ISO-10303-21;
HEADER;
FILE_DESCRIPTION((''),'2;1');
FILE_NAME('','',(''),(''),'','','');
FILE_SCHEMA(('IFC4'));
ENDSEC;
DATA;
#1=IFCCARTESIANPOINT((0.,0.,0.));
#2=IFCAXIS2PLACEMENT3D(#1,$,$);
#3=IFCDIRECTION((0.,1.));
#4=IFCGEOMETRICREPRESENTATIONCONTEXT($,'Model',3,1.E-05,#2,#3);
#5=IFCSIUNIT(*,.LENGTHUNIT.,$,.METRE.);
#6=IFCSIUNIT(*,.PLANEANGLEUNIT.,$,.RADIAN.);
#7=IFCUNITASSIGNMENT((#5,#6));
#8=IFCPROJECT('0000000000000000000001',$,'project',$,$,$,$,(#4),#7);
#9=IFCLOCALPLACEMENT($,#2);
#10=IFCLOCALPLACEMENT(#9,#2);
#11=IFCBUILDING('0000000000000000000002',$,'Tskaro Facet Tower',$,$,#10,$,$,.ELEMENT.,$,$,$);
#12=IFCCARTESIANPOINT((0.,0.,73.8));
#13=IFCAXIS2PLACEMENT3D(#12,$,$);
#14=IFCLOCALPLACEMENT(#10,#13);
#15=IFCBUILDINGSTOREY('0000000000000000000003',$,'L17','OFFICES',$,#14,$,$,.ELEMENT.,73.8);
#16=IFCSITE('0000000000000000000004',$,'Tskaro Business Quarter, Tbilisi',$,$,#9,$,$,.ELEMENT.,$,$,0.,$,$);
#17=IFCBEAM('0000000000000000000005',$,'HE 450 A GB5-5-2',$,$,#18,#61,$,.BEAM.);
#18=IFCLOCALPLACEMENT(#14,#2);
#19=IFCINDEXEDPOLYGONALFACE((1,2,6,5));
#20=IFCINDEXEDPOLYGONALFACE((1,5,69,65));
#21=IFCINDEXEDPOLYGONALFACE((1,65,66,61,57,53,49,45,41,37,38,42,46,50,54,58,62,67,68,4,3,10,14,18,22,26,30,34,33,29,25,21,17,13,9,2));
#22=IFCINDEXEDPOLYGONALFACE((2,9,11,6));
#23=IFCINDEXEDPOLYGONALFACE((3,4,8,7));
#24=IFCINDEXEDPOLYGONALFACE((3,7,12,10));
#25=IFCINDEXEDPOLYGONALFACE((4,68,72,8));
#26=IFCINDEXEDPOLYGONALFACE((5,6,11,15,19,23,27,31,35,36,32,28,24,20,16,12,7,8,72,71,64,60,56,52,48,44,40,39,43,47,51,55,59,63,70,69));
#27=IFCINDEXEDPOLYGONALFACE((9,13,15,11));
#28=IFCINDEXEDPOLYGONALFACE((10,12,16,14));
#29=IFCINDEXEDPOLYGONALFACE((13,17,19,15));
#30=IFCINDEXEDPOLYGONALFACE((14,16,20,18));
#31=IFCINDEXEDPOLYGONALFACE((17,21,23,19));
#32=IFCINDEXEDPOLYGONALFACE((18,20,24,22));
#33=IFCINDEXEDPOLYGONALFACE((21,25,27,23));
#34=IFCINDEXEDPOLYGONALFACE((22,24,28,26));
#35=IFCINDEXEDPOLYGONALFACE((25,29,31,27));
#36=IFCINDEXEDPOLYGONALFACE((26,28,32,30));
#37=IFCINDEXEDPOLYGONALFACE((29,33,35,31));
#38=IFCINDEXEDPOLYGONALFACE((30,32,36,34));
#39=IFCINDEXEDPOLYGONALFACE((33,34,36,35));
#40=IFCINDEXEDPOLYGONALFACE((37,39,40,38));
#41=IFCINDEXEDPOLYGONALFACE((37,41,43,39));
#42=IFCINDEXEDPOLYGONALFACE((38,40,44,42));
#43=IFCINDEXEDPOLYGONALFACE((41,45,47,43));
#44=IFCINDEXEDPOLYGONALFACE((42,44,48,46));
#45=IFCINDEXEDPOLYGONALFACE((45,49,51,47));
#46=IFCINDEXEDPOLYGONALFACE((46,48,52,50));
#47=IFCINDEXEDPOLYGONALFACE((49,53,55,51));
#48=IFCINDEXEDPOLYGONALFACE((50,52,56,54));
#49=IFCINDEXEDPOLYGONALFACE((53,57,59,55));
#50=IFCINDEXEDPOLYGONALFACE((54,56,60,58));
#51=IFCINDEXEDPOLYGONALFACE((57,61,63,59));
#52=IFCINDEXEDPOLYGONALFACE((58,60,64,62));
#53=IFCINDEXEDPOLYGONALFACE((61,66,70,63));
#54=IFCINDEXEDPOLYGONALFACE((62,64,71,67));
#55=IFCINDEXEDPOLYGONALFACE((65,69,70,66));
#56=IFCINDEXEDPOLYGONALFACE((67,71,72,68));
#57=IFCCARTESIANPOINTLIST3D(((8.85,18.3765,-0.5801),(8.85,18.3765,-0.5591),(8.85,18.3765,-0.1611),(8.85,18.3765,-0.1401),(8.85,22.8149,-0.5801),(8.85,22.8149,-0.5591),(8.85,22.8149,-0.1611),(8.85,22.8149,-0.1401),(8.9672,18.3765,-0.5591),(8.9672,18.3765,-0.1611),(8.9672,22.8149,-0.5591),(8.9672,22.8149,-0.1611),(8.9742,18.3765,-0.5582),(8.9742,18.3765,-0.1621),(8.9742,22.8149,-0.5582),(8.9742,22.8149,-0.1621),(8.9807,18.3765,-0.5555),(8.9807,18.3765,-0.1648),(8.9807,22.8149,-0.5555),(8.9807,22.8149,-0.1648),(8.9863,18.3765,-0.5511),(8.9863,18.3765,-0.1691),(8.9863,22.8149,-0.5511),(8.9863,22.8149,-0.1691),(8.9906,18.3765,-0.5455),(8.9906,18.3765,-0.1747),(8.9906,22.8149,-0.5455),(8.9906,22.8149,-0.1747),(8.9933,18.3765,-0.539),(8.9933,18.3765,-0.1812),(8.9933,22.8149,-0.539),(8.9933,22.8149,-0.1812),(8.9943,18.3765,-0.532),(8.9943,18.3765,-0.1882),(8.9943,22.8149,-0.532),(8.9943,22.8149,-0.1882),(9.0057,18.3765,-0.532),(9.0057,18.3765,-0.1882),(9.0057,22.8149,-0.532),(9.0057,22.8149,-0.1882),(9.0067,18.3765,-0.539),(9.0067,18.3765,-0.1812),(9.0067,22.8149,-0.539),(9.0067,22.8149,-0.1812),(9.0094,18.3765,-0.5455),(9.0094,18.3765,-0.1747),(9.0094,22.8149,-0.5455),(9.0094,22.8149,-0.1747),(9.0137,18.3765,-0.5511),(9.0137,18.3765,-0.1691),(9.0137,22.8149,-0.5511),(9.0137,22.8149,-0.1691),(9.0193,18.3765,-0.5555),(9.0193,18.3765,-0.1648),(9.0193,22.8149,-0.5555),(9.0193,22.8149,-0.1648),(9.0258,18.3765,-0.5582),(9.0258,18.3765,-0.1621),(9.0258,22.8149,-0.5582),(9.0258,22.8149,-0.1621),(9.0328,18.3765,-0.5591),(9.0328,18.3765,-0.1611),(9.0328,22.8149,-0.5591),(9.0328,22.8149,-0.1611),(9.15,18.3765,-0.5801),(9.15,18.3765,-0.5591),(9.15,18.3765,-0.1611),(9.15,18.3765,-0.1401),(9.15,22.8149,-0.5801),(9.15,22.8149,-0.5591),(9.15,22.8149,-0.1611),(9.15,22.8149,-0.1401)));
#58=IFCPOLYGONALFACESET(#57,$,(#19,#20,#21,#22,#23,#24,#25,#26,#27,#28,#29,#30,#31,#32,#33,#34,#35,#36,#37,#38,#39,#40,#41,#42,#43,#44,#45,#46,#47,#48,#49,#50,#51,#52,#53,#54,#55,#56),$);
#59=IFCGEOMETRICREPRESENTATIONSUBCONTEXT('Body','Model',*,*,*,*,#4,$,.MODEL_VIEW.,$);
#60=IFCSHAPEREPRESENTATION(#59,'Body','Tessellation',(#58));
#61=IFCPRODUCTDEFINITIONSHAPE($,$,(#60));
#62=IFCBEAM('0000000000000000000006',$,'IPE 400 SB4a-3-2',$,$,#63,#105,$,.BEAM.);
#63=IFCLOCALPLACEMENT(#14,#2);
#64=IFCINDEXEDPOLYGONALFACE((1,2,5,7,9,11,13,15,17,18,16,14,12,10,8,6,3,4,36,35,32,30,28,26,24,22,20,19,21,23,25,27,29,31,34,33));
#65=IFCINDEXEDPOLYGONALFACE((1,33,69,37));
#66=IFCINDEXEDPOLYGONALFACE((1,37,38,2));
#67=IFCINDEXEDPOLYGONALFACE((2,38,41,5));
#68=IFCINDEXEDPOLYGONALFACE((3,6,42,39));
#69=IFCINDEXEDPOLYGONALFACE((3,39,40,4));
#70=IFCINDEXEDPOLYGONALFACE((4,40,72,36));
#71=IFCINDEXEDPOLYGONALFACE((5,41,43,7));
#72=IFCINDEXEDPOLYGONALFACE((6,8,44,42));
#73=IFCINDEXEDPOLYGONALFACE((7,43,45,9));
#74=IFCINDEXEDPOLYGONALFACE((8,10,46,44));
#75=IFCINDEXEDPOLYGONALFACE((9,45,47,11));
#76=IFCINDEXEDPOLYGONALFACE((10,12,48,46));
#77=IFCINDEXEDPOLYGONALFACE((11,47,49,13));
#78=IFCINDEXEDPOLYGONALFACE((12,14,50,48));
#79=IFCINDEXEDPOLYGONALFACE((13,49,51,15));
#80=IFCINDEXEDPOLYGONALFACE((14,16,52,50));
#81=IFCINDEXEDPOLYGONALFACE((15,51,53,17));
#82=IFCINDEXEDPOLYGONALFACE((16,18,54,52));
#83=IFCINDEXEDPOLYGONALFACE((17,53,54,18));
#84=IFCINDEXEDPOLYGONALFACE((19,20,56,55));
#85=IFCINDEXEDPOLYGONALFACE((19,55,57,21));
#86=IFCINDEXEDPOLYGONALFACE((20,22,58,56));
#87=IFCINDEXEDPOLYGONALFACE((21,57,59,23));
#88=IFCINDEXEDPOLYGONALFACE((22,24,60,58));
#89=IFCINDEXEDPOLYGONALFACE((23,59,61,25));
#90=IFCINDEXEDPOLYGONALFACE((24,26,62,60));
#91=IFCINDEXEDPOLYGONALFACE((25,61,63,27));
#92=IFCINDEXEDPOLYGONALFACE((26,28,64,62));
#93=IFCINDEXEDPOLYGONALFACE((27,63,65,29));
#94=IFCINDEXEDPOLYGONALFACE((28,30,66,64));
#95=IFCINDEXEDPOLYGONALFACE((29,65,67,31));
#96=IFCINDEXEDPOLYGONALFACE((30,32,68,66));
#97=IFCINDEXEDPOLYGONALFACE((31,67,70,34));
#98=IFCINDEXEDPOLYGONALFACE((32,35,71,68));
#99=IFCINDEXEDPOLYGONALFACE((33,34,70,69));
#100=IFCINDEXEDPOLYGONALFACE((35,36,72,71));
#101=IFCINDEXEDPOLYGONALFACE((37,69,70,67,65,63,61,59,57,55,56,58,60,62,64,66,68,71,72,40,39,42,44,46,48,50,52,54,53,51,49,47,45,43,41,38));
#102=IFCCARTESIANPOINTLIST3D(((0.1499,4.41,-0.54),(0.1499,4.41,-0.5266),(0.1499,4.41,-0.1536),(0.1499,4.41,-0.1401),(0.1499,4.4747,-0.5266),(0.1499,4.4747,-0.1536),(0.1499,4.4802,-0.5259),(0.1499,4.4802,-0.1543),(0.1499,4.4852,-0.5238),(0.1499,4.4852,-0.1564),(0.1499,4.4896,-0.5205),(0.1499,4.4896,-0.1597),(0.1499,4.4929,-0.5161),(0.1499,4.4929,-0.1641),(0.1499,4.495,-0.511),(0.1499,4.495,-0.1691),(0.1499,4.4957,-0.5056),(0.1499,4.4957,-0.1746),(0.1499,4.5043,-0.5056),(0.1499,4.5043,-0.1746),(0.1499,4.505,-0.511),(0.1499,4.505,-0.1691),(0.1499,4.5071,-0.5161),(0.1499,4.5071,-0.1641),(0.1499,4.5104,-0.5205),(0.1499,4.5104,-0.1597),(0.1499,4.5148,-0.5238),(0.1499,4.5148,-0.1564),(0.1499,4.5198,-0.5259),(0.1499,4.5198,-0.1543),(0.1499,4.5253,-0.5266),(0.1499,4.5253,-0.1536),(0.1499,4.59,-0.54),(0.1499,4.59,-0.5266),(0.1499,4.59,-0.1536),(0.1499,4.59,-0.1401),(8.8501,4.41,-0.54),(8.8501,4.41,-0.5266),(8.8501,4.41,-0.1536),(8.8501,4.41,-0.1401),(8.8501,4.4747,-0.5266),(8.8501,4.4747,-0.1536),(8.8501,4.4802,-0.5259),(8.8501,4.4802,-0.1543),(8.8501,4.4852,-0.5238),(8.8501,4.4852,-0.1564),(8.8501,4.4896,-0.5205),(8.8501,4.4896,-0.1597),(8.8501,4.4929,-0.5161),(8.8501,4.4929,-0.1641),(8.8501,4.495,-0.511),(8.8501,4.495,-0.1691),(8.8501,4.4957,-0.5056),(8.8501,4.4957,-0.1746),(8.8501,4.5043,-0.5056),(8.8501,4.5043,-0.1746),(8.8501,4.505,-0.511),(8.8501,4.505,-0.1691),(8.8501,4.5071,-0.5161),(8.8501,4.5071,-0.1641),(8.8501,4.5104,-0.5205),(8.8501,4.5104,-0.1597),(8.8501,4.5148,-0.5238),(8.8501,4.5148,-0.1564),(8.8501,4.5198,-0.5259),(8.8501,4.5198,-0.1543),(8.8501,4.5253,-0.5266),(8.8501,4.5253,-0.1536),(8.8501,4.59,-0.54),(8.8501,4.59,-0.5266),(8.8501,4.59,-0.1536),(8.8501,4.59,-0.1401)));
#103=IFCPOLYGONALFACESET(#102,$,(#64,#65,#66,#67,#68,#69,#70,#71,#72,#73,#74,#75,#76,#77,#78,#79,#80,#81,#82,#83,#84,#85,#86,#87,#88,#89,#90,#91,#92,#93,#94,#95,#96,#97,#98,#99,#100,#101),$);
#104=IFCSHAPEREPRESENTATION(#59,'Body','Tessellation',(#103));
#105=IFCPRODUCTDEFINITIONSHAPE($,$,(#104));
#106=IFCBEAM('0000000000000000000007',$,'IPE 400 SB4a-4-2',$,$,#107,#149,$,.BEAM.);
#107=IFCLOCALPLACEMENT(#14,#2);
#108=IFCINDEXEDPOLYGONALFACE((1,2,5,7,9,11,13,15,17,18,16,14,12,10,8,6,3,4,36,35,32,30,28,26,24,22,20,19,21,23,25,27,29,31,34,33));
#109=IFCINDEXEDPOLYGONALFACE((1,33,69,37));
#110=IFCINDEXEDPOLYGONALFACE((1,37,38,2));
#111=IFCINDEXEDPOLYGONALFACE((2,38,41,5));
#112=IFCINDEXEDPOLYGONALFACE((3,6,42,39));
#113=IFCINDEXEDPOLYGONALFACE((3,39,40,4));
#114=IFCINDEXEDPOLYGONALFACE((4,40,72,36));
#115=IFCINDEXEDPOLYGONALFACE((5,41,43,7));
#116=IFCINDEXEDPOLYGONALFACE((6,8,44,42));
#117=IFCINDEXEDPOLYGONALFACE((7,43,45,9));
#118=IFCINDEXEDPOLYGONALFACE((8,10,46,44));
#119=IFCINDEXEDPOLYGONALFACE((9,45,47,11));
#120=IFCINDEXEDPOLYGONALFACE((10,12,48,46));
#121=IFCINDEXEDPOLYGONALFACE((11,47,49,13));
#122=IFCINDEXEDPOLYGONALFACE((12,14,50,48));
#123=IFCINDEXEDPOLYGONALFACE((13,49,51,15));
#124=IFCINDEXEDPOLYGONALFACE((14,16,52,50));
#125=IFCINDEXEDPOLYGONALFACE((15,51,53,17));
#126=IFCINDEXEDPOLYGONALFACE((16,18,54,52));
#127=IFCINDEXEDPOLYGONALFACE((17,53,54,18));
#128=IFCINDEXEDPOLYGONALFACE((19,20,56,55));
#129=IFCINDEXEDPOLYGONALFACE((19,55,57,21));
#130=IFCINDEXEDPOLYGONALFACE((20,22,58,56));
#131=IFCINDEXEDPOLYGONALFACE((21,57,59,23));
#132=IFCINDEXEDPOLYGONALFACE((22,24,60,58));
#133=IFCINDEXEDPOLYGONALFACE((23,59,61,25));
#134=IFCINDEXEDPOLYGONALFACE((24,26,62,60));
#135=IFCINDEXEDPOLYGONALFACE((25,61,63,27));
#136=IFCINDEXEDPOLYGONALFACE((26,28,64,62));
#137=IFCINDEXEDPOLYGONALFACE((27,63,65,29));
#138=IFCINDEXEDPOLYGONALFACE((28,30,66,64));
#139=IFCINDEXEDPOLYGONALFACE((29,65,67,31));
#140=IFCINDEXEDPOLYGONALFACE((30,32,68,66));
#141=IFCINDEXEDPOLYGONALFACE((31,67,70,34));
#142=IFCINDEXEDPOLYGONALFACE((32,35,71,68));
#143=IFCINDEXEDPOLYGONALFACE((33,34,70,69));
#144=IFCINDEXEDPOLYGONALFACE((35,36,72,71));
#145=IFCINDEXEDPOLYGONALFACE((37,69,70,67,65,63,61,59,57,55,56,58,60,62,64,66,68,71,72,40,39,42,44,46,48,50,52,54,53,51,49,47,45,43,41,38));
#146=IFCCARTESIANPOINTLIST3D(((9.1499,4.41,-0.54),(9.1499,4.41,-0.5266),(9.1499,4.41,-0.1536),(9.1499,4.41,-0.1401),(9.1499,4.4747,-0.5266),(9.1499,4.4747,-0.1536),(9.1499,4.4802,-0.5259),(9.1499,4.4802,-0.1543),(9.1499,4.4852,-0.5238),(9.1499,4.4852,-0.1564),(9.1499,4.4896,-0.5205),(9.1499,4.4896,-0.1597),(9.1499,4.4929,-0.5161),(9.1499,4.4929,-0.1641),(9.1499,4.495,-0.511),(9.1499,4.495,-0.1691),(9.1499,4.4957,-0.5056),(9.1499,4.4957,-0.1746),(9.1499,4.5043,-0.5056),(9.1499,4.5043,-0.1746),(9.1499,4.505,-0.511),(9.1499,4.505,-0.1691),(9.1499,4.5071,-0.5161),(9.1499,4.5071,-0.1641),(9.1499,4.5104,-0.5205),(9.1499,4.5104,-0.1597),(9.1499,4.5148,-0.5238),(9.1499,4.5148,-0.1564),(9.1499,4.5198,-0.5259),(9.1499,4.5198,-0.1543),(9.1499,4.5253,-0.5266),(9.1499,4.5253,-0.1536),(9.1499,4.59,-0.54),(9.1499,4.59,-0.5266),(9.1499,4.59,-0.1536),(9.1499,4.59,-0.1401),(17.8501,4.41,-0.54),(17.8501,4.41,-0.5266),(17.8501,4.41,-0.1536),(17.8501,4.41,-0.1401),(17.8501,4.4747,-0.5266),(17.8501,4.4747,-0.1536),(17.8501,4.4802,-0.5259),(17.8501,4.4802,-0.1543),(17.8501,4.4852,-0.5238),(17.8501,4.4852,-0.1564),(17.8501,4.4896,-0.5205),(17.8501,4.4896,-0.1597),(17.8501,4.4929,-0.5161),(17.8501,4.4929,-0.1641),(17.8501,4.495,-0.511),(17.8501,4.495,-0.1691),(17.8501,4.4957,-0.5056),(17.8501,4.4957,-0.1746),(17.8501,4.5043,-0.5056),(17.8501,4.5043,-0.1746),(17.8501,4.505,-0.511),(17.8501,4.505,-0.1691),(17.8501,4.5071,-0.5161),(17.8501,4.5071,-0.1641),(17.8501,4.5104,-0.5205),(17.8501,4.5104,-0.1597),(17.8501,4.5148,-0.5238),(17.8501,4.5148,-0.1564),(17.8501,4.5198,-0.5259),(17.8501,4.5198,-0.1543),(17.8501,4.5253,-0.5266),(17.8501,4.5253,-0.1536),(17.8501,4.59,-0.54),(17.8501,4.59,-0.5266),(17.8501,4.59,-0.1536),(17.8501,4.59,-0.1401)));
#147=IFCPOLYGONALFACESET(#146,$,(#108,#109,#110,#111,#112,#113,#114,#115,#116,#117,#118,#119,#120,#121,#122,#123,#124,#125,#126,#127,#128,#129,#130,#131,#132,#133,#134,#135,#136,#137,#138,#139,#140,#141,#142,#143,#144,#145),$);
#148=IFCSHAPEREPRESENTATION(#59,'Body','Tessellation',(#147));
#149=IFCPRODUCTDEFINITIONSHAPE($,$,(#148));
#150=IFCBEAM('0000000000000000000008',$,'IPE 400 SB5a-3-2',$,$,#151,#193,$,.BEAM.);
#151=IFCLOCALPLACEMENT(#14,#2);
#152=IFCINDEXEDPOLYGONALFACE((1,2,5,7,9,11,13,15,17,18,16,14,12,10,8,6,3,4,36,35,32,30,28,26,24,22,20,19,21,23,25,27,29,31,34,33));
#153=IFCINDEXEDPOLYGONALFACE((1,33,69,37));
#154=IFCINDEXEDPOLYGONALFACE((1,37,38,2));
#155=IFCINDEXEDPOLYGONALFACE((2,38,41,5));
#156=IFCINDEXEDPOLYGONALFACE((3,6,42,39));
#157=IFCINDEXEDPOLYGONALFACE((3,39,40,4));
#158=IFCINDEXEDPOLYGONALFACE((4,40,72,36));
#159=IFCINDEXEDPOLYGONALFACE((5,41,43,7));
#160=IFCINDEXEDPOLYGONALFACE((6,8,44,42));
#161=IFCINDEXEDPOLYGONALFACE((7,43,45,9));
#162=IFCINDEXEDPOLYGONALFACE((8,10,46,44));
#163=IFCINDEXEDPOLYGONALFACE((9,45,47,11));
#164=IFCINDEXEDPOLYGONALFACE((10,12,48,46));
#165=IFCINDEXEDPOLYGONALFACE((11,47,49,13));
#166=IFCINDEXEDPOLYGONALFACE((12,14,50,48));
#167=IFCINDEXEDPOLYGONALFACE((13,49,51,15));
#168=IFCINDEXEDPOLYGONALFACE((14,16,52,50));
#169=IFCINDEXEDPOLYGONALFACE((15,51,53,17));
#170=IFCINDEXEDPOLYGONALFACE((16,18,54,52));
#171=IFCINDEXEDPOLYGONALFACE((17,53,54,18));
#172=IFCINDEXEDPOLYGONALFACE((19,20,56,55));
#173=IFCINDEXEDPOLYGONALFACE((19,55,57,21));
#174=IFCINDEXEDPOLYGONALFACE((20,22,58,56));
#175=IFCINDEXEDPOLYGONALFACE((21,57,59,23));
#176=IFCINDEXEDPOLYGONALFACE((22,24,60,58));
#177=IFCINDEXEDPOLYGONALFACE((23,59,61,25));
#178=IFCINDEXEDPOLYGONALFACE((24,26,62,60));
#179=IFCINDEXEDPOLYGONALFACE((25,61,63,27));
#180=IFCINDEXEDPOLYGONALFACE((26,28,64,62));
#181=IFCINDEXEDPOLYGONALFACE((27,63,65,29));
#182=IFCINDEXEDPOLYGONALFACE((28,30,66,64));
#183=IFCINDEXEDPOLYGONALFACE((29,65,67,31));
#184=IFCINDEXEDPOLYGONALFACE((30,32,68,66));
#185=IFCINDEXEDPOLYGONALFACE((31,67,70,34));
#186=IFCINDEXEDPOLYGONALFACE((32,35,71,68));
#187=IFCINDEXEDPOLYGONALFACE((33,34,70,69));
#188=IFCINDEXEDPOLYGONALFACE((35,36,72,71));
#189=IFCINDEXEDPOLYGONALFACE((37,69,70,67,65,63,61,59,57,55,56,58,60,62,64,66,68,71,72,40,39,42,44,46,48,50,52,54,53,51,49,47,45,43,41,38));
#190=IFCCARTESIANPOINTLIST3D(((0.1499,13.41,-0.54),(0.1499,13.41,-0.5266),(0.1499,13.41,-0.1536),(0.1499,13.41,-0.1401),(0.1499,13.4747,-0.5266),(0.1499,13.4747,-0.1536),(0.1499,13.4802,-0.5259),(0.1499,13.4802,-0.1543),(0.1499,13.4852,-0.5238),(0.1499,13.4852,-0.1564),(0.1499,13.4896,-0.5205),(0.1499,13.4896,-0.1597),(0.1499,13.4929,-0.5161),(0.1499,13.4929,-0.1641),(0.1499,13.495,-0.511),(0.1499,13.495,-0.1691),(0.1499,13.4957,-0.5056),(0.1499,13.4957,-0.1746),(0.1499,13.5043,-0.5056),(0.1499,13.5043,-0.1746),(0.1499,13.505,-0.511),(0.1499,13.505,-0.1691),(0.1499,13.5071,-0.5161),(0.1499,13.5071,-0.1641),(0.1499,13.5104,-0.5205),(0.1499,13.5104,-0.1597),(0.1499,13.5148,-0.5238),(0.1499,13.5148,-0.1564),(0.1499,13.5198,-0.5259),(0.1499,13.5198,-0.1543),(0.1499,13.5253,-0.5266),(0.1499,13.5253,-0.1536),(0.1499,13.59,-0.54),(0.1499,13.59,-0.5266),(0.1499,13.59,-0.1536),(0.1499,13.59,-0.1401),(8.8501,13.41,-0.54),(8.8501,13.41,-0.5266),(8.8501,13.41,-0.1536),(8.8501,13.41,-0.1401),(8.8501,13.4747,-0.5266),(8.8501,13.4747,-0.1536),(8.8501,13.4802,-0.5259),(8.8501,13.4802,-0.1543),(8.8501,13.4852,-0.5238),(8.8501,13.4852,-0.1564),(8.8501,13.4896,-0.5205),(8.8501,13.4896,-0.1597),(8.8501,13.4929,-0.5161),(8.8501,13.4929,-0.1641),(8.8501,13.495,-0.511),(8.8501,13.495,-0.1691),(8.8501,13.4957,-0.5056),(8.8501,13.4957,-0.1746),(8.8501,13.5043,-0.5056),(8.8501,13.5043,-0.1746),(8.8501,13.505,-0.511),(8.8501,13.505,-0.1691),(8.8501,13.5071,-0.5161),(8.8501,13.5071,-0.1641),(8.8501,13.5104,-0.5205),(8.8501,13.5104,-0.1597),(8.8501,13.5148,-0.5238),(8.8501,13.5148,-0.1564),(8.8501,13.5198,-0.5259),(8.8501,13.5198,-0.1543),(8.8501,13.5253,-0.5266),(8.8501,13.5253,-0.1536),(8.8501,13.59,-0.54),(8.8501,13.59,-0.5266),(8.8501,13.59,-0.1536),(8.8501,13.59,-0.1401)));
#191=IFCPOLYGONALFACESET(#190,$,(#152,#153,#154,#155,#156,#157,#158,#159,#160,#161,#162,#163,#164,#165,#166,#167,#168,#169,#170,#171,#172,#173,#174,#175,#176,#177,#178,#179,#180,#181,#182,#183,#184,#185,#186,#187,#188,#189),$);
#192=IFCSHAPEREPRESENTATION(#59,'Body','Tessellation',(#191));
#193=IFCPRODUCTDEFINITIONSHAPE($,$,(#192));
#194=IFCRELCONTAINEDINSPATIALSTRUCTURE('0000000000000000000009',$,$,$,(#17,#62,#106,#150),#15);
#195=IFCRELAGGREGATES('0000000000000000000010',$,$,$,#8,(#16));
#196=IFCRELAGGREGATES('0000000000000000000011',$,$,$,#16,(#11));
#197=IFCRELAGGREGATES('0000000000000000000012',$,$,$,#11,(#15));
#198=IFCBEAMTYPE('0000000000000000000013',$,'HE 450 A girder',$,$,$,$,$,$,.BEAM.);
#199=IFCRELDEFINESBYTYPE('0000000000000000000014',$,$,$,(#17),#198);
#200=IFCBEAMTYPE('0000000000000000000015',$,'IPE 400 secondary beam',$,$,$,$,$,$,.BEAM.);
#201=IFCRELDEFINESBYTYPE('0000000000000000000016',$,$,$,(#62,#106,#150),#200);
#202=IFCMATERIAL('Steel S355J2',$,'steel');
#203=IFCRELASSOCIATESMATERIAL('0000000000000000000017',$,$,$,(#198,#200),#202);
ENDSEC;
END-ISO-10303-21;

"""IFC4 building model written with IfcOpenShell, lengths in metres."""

from ifc_helpers import new_model, si_unit, direction, frame, origin, origin_2d, place, context, subcontext, project, spatial, i_section, extrude, material, material_profile, profile_set, type_object, element, save


model = new_model("IFC4")

# Units and contexts
model_context = context("Model", 3, precision=1e-05, world=origin(), true_north=direction((0.0, 1.0)))
body_context = subcontext(model_context, "Body", "Model", "MODEL_VIEW")
ifc_project = project(units=[si_unit("LENGTHUNIT", "METRE"), si_unit("PLANEANGLEUNIT", "RADIAN")], contexts=[model_context])

# Site, building, storey
site_placement = place(None, origin())
site = spatial("IfcSite", under=ifc_project, at=site_placement, Name="Tskaro Business Quarter, Tbilisi", CompositionType="ELEMENT", RefElevation=0.0)
building_placement = place(site_placement, origin())
building = spatial("IfcBuilding", under=site, at=building_placement, Name="Tskaro Facet Tower", CompositionType="ELEMENT")
storey_placement = place(building_placement, frame((0.0, 0.0, 73.8)))
storey = spatial("IfcBuildingStorey", under=building, at=storey_placement, Name="L17", Description="OFFICES", CompositionType="ELEMENT", Elevation=73.8)

# Beams
ifc_material_1 = material(Name="Steel S355J2", Category="steel")
ifc_material_profile_1 = material_profile(ifc_material_1, i_section(OverallWidth=0.3, OverallDepth=0.4399, WebThickness=0.0115, FlangeThickness=0.021, FilletRadius=0.0271, at=origin_2d()), Name="HE 450 A")
ifc_profile_set_1 = profile_set([ifc_material_profile_1], Name="Steel S355J2")
beam_type_1 = type_object("IfcBeamType", Name="HE 450 A girder", PredefinedType="BEAM", material=ifc_profile_set_1)
beam_1_placement = place(storey_placement, frame((9.0, 18.3765, -0.3601), z_axis=(0.0, 1.0, 0.0), x_axis=(-1.0, 0.0, 0.0)))
element("IfcBeam", 1, at=beam_1_placement, inside=storey, type_object=beam_type_1, Name="HE 450 A GB5-5-2", PredefinedType="BEAM", context=body_context, shape_type="SweptSolid", body=[
    extrude(i_section(OverallWidth=0.3, OverallDepth=0.4399, WebThickness=0.0115, FlangeThickness=0.021, FilletRadius=0.0271, at=origin_2d()), origin(), (0.0, 0.0, 1.0), 4.4385),
])
ifc_material_profile_2 = material_profile(ifc_material_1, i_section(OverallWidth=0.1799, OverallDepth=0.3999, WebThickness=0.0085, FlangeThickness=0.0134, FilletRadius=0.021, at=origin_2d()), Name="IPE 400")
ifc_profile_set_2 = profile_set([ifc_material_profile_2], Name="Steel S355J2")
beam_type_2 = type_object("IfcBeamType", Name="IPE 400 secondary beam", PredefinedType="BEAM", material=ifc_profile_set_2)
for number, where, z_axis, x_axis, name in (
    (2, (0.1499, 4.5, -0.3401), (1.0, 0.0, 0.0), (0.0, 1.0, 0.0), "IPE 400 SB4a-3-2"),
    (3, (9.1499, 4.5, -0.3401), (1.0, 0.0, 0.0), (0.0, 1.0, 0.0), "IPE 400 SB4a-4-2"),
    (4, (0.1499, 13.5, -0.3401), (1.0, 0.0, 0.0), (0.0, 1.0, 0.0), "IPE 400 SB5a-3-2"),
):
    element("IfcBeam", number, at=place(storey_placement, frame(where, z_axis=z_axis, x_axis=x_axis)), inside=storey, type_object=beam_type_2, Name=name, PredefinedType="BEAM", context=body_context, shape_type="SweptSolid", body=[
        extrude(i_section(OverallWidth=0.1799, OverallDepth=0.3999, WebThickness=0.0085, FlangeThickness=0.0134, FilletRadius=0.021, at=origin_2d()), origin(), (0.0, 0.0, 1.0), 8.7002),
    ])

save(model, "model.ifc")
